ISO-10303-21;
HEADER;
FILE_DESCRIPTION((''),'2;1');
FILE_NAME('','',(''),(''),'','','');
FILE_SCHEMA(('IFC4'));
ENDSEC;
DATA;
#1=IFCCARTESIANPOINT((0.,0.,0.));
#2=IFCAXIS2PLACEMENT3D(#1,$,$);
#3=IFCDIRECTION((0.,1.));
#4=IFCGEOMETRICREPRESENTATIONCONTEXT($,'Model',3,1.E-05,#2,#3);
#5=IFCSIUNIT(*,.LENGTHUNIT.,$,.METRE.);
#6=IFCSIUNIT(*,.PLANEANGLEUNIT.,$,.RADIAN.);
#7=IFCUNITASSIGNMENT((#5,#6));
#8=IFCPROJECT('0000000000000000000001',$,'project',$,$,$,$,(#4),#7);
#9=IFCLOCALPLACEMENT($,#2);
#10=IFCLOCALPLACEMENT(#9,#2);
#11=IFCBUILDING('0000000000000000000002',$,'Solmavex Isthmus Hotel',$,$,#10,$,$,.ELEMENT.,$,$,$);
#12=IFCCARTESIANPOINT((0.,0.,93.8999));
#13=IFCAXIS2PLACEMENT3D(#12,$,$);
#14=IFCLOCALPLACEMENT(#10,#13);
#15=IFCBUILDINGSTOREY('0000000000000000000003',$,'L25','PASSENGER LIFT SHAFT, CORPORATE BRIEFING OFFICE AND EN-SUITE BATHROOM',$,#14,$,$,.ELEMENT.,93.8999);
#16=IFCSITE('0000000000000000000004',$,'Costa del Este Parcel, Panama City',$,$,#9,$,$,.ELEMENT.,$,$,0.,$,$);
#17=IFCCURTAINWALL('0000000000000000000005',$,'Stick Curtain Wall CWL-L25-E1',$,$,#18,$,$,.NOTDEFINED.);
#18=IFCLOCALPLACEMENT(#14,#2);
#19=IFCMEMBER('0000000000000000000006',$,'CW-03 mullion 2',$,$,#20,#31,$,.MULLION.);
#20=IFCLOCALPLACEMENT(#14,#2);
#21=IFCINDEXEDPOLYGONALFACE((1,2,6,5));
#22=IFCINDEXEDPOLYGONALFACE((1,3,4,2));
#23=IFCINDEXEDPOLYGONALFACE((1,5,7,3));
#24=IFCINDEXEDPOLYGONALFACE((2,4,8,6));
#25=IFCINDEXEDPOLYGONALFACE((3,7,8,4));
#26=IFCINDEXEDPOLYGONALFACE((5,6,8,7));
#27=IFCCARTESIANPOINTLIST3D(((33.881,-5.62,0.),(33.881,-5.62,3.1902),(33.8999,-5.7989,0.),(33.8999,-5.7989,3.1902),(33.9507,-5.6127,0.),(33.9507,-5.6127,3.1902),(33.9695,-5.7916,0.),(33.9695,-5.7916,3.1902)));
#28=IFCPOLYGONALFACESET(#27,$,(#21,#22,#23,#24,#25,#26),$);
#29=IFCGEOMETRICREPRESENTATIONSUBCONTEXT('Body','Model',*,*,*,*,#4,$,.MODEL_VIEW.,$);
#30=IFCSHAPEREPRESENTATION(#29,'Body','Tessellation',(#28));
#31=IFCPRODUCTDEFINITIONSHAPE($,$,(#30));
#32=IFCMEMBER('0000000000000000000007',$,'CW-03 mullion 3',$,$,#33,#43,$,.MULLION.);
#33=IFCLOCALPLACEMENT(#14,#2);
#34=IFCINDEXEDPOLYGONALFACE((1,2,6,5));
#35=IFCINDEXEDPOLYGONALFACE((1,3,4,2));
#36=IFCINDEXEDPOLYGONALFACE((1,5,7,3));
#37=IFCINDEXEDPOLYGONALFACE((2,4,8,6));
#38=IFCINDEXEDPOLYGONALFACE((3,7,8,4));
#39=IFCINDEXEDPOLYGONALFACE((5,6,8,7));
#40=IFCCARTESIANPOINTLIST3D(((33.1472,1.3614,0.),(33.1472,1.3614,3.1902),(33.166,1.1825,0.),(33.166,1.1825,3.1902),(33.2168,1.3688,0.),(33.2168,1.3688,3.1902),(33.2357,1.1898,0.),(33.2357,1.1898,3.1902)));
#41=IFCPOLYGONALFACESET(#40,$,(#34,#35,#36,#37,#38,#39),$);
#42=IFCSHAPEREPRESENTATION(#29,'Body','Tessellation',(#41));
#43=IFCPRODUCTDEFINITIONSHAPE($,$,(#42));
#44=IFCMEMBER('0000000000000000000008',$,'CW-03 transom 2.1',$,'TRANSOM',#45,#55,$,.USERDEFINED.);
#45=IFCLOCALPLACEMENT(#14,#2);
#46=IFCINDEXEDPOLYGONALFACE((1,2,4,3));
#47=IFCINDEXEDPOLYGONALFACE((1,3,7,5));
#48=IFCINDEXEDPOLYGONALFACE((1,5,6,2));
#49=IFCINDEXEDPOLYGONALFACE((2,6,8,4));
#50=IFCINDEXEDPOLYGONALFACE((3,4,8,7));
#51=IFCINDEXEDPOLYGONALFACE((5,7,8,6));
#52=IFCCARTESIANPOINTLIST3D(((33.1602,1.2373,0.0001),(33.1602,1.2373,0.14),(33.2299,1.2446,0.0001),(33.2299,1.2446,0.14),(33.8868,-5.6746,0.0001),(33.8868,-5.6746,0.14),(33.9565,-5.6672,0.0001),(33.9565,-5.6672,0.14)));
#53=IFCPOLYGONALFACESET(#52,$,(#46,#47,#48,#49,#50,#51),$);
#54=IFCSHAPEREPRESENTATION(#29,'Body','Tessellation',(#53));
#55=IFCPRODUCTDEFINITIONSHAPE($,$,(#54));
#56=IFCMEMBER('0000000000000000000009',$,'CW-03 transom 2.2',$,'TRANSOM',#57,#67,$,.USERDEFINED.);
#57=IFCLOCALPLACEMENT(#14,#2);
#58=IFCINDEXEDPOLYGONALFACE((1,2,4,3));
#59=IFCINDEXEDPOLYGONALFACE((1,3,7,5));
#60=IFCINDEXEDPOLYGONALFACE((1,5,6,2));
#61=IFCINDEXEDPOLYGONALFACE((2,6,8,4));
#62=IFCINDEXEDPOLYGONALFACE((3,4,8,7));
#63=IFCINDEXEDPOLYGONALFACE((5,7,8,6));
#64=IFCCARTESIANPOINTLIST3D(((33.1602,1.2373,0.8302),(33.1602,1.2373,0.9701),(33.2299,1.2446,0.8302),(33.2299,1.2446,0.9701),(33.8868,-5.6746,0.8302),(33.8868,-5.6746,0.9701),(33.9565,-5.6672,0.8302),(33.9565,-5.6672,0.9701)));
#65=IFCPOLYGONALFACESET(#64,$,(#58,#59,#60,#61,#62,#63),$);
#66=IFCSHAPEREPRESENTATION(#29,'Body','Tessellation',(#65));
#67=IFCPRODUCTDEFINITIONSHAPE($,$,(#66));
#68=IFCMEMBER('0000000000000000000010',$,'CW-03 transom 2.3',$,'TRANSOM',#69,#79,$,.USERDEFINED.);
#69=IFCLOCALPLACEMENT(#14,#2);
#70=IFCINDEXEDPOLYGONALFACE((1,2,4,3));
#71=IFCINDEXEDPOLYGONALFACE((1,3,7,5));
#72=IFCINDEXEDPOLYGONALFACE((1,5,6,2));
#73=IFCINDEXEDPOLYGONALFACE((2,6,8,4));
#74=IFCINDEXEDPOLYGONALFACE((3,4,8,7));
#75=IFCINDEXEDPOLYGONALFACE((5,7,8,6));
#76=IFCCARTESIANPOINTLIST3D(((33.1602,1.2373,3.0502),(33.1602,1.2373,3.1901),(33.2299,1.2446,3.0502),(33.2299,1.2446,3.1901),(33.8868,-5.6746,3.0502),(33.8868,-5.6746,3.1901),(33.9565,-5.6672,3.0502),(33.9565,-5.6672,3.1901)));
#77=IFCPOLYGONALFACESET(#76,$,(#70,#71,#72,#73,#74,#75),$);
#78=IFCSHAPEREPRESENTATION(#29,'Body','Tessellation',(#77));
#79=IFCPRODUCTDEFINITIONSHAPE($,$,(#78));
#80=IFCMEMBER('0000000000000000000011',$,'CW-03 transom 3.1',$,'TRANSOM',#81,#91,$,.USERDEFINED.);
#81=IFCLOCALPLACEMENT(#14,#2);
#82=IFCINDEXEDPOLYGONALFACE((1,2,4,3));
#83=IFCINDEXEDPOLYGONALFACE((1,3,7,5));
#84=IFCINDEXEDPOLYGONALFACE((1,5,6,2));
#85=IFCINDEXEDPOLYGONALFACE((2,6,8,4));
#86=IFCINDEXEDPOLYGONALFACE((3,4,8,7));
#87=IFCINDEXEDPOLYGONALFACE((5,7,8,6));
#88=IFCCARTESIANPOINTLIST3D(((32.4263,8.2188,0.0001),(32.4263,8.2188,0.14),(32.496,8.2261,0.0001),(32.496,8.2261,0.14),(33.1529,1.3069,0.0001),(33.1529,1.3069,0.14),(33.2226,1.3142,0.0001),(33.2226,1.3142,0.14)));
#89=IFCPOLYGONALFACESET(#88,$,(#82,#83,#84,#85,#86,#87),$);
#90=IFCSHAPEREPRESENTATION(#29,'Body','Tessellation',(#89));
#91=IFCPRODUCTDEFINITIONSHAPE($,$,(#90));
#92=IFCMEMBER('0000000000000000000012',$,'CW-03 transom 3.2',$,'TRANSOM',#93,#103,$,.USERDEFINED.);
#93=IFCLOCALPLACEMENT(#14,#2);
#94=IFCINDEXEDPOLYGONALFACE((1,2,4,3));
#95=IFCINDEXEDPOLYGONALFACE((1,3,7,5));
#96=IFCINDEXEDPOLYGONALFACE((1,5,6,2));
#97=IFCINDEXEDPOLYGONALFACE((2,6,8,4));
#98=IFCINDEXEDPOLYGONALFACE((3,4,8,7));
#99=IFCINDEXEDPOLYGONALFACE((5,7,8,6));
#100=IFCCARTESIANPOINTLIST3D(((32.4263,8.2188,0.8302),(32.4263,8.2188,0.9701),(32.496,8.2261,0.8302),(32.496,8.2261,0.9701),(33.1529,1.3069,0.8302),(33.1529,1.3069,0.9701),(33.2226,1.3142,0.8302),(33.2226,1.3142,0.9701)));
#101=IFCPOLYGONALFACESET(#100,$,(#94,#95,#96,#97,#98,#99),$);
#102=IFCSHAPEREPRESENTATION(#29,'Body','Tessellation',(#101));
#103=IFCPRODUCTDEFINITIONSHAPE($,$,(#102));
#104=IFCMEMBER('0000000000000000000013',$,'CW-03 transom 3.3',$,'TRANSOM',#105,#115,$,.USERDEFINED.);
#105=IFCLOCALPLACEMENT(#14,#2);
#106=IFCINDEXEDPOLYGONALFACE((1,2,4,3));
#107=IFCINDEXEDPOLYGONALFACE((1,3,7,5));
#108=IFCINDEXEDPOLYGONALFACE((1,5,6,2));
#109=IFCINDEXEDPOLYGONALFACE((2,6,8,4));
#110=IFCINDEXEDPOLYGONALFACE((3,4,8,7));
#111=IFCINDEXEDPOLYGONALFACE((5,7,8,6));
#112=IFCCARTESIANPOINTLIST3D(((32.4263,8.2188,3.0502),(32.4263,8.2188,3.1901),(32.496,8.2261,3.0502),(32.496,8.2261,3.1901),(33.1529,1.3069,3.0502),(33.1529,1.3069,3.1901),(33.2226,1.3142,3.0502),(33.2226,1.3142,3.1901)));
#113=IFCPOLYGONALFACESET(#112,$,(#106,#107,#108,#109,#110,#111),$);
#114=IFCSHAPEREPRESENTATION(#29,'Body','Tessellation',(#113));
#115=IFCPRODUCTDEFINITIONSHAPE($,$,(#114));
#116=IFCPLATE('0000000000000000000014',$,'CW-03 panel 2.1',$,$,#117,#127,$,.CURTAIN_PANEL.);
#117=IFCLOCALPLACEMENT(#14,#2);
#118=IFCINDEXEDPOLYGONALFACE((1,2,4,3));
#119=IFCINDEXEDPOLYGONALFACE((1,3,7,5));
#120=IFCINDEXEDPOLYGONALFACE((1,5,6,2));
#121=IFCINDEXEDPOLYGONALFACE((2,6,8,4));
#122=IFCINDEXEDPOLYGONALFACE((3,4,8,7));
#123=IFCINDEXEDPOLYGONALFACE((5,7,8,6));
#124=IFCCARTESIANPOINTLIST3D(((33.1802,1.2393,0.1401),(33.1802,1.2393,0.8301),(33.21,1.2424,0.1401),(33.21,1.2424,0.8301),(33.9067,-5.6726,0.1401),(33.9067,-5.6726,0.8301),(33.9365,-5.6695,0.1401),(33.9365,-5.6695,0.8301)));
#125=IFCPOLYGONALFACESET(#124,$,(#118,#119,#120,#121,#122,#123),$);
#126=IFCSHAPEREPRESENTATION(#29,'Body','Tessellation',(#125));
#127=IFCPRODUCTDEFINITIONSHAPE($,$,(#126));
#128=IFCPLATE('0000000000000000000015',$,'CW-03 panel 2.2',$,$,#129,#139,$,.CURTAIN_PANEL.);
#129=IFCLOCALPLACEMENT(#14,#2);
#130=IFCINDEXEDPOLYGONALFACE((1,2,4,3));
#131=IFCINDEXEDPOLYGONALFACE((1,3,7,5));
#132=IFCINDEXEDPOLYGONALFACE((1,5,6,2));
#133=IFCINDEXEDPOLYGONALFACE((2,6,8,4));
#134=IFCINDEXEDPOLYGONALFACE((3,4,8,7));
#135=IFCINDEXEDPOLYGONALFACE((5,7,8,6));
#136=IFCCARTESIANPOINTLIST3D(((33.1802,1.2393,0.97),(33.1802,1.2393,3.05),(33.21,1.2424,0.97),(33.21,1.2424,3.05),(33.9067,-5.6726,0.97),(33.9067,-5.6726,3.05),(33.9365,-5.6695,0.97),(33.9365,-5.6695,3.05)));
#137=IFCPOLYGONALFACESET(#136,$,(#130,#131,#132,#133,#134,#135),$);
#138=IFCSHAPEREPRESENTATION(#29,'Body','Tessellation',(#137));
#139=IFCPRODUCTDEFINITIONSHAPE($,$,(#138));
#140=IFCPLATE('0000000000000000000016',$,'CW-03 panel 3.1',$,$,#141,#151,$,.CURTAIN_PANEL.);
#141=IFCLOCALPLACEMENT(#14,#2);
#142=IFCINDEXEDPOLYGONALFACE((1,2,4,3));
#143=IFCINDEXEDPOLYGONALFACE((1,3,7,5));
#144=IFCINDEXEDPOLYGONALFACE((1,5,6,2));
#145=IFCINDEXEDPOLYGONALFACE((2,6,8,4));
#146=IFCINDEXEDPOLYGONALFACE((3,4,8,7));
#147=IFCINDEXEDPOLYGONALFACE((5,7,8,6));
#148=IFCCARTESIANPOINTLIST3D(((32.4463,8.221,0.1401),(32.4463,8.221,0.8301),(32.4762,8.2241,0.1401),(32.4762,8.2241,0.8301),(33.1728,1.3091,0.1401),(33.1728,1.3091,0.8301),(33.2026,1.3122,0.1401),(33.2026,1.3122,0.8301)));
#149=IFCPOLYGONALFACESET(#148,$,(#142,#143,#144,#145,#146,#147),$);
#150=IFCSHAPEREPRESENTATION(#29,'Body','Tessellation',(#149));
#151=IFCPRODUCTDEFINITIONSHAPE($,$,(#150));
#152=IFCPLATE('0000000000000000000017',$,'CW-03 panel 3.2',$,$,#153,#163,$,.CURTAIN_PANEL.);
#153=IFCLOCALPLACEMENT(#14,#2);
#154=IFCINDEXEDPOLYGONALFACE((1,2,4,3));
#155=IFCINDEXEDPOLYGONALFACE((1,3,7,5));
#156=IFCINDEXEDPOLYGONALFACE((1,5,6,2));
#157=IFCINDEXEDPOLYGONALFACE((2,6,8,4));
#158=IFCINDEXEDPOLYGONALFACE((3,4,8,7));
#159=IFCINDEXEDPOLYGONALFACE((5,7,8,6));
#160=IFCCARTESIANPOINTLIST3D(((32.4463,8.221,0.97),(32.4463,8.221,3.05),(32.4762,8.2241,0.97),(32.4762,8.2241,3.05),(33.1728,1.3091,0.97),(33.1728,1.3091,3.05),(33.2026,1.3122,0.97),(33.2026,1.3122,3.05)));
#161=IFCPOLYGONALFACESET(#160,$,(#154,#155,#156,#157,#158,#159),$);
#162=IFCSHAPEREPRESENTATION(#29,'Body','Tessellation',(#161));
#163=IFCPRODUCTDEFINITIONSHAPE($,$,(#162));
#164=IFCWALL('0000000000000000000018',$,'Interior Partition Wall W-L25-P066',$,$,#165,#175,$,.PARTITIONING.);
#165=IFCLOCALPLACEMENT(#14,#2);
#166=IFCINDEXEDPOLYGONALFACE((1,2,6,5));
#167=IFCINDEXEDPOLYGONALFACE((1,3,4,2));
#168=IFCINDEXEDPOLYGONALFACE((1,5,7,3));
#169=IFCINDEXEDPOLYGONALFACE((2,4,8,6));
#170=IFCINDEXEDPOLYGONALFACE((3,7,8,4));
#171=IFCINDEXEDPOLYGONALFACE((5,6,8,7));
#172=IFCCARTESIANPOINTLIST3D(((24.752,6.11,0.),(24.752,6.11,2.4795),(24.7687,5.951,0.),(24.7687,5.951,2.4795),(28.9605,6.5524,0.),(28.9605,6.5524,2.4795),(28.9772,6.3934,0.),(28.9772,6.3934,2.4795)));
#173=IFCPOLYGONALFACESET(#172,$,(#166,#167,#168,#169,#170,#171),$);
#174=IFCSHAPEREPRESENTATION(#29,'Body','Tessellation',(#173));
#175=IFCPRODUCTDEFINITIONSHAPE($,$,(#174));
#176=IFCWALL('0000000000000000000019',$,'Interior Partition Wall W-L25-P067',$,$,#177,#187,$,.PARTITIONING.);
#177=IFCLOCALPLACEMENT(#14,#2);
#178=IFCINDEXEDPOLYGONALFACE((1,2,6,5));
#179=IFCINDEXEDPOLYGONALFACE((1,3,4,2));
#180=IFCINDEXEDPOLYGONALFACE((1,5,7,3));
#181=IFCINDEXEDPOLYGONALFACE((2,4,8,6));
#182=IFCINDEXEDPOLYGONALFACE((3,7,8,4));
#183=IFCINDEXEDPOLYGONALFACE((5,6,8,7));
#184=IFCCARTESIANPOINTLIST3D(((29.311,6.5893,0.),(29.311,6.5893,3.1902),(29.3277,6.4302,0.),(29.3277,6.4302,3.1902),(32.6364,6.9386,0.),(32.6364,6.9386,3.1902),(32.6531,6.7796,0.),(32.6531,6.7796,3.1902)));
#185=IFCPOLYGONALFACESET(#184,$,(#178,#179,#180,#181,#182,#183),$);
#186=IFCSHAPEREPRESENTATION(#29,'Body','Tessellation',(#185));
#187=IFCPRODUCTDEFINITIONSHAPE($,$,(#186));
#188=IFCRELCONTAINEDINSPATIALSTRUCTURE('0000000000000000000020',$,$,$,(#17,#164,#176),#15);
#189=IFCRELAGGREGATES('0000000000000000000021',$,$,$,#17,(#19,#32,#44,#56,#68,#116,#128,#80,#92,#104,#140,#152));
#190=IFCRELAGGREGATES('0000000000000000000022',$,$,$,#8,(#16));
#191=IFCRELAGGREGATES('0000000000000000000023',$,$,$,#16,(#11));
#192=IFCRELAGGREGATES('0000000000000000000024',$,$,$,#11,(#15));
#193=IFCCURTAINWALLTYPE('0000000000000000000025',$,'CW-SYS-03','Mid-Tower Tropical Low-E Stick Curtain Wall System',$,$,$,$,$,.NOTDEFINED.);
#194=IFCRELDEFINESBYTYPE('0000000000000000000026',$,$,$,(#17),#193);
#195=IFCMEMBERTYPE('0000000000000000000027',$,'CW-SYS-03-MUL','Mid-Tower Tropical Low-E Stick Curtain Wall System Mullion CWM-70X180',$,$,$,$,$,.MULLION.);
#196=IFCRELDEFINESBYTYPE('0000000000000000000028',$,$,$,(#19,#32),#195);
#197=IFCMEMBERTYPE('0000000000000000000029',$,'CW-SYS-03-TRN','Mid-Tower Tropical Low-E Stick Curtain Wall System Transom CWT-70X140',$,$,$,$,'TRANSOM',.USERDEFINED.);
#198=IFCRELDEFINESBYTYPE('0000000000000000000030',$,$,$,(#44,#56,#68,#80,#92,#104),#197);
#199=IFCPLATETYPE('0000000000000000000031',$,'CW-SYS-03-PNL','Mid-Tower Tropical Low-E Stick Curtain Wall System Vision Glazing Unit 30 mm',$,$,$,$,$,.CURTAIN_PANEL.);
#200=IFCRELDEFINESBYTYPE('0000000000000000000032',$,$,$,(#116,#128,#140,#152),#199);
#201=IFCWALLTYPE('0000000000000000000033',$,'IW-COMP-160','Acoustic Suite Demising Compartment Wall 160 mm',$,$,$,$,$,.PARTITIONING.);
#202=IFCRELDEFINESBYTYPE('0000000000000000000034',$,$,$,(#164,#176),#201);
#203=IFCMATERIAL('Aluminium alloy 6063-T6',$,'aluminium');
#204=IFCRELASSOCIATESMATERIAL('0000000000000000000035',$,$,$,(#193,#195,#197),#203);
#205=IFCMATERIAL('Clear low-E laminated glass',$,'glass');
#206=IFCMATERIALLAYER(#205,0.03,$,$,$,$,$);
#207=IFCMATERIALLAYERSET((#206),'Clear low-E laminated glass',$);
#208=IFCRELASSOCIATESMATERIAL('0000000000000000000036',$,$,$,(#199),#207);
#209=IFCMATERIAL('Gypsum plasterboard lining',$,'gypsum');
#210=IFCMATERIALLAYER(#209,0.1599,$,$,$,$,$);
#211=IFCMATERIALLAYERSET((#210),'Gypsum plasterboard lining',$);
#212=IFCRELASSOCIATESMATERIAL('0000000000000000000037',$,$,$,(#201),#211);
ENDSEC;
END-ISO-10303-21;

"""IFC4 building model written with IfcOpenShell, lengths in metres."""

from ifc_helpers import new_model, si_unit, direction, frame, frame_2d, origin, origin_2d, place, context, subcontext, project, spatial, rectangle, extrude, material, layer, layer_set, material_profile, profile_set, type_object, element, aggregate, save


model = new_model("IFC4")

# Units and contexts
model_context = context("Model", 3, precision=1e-05, world=origin(), true_north=direction((0.0, 1.0)))
body_context = subcontext(model_context, "Body", "Model", "MODEL_VIEW")
ifc_project = project(units=[si_unit("LENGTHUNIT", "METRE"), si_unit("PLANEANGLEUNIT", "RADIAN")], contexts=[model_context])

# Site, building, storey
site_placement = place(None, origin())
site = spatial("IfcSite", under=ifc_project, at=site_placement, Name="Costa del Este Parcel, Panama City", CompositionType="ELEMENT", RefElevation=0.0)
building_placement = place(site_placement, origin())
building = spatial("IfcBuilding", under=site, at=building_placement, Name="Solmavex Isthmus Hotel", CompositionType="ELEMENT")
storey_placement = place(building_placement, frame((0.0, 0.0, 93.8999)))
storey = spatial("IfcBuildingStorey", under=building, at=storey_placement, Name="L25", Description="PASSENGER LIFT SHAFT, CORPORATE BRIEFING OFFICE AND EN-SUITE BATHROOM", CompositionType="ELEMENT", Elevation=93.8999)

# Curtain wall, members, plates
ifc_material_1 = material(Name="Aluminium alloy 6063-T6", Category="aluminium")
curtain_wall_type = type_object("IfcCurtainWallType", Name="CW-SYS-03", Description="Mid-Tower Tropical Low-E Stick Curtain Wall System", PredefinedType="NOTDEFINED", material=ifc_material_1)
curtain_wall_placement = place(storey_placement, origin())
curtain_wall = element("IfcCurtainWall", 1, at=curtain_wall_placement, inside=storey, type_object=curtain_wall_type, Name="Stick Curtain Wall CWL-L25-E1", PredefinedType="NOTDEFINED")
ifc_material_profile_1 = material_profile(ifc_material_1, rectangle(XDim=0.0701, YDim=0.1799, at=origin_2d()), Name="CWM-70X180")
ifc_profile_set_1 = profile_set([ifc_material_profile_1], Name="Aluminium alloy 6063-T6")
member_type_1 = type_object("IfcMemberType", Name="CW-SYS-03-MUL", Description="Mid-Tower Tropical Low-E Stick Curtain Wall System Mullion CWM-70X180", PredefinedType="MULLION", material=ifc_profile_set_1)
member_1_placement = place(storey_placement, frame((33.9253, -5.7058, 0.0), z_axis=(0.0, 0.0, 1.0), x_axis=(-0.994522, -0.104528, 0.0)))
member_1 = element("IfcMember", 2, at=member_1_placement, type_object=member_type_1, Name="CW-03 mullion 2", PredefinedType="MULLION", context=body_context, shape_type="SweptSolid", body=[
    extrude(rectangle(XDim=0.0701, YDim=0.1799, at=origin_2d()), origin(), (0.0, 0.0, 1.0), 3.1902),
])
member_2_placement = place(storey_placement, frame((33.1914, 1.2756, 0.0), z_axis=(0.0, 0.0, 1.0), x_axis=(-0.994522, -0.104528, 0.0)))
member_2 = element("IfcMember", 3, at=member_2_placement, type_object=member_type_1, Name="CW-03 mullion 3", PredefinedType="MULLION", context=body_context, shape_type="SweptSolid", body=[
    extrude(rectangle(XDim=0.0701, YDim=0.1799, at=origin_2d()), origin(), (0.0, 0.0, 1.0), 3.1902),
])
ifc_material_profile_2 = material_profile(ifc_material_1, rectangle(XDim=0.0701, YDim=0.1399, at=origin_2d()), Name="CWT-70X140")
ifc_profile_set_2 = profile_set([ifc_material_profile_2], Name="Aluminium alloy 6063-T6")
member_type_2 = type_object("IfcMemberType", Name="CW-SYS-03-TRN", Description="Mid-Tower Tropical Low-E Stick Curtain Wall System Transom CWT-70X140", ElementType="TRANSOM", PredefinedType="USERDEFINED", material=ifc_profile_set_2)
member_3_placement = place(storey_placement, frame((33.9216, -5.6709, 0.0701), z_axis=(-0.104542, 0.99452, 0.0), x_axis=(-0.99452, -0.104542, 0.0)))
member_3 = element("IfcMember", 4, at=member_3_placement, type_object=member_type_2, Name="CW-03 transom 2.1", ObjectType="TRANSOM", PredefinedType="USERDEFINED", context=body_context, shape_type="SweptSolid", body=[
    extrude(rectangle(XDim=0.0701, YDim=0.1399, at=origin_2d()), origin(), (0.0, 0.0, 1.0), 6.95),
])
member_4_placement = place(storey_placement, frame((33.9216, -5.6709, 0.9001), z_axis=(-0.104542, 0.99452, 0.0), x_axis=(-0.99452, -0.104542, 0.0)))
member_4 = element("IfcMember", 5, at=member_4_placement, type_object=member_type_2, Name="CW-03 transom 2.2", ObjectType="TRANSOM", PredefinedType="USERDEFINED", context=body_context, shape_type="SweptSolid", body=[
    extrude(rectangle(XDim=0.0701, YDim=0.1399, at=origin_2d()), origin(), (0.0, 0.0, 1.0), 6.95),
])
member_5_placement = place(storey_placement, frame((33.9216, -5.6709, 3.1201), z_axis=(-0.104542, 0.99452, 0.0), x_axis=(-0.99452, -0.104542, 0.0)))
member_5 = element("IfcMember", 6, at=member_5_placement, type_object=member_type_2, Name="CW-03 transom 2.3", ObjectType="TRANSOM", PredefinedType="USERDEFINED", context=body_context, shape_type="SweptSolid", body=[
    extrude(rectangle(XDim=0.0701, YDim=0.1399, at=origin_2d()), origin(), (0.0, 0.0, 1.0), 6.95),
])
member_6_placement = place(storey_placement, frame((33.1877, 1.3105, 0.0701), z_axis=(-0.104542, 0.99452, 0.0), x_axis=(-0.99452, -0.104542, 0.0)))
member_6 = element("IfcMember", 7, at=member_6_placement, type_object=member_type_2, Name="CW-03 transom 3.1", ObjectType="TRANSOM", PredefinedType="USERDEFINED", context=body_context, shape_type="SweptSolid", body=[
    extrude(rectangle(XDim=0.0701, YDim=0.1399, at=origin_2d()), origin(), (0.0, 0.0, 1.0), 6.95),
])
member_7_placement = place(storey_placement, frame((33.1877, 1.3105, 0.9001), z_axis=(-0.104542, 0.99452, 0.0), x_axis=(-0.99452, -0.104542, 0.0)))
member_7 = element("IfcMember", 8, at=member_7_placement, type_object=member_type_2, Name="CW-03 transom 3.2", ObjectType="TRANSOM", PredefinedType="USERDEFINED", context=body_context, shape_type="SweptSolid", body=[
    extrude(rectangle(XDim=0.0701, YDim=0.1399, at=origin_2d()), origin(), (0.0, 0.0, 1.0), 6.95),
])
member_8_placement = place(storey_placement, frame((33.1877, 1.3105, 3.1201), z_axis=(-0.104542, 0.99452, 0.0), x_axis=(-0.99452, -0.104542, 0.0)))
member_8 = element("IfcMember", 9, at=member_8_placement, type_object=member_type_2, Name="CW-03 transom 3.3", ObjectType="TRANSOM", PredefinedType="USERDEFINED", context=body_context, shape_type="SweptSolid", body=[
    extrude(rectangle(XDim=0.0701, YDim=0.1399, at=origin_2d()), origin(), (0.0, 0.0, 1.0), 6.95),
])
ifc_material_2 = material(Name="Clear low-E laminated glass", Category="glass")
ifc_layer_1 = layer(ifc_material_2, 0.03)
ifc_layer_set_1 = layer_set([ifc_layer_1], Name="Clear low-E laminated glass")
plate_type = type_object("IfcPlateType", Name="CW-SYS-03-PNL", Description="Mid-Tower Tropical Low-E Stick Curtain Wall System Vision Glazing Unit 30 mm", PredefinedType="CURTAIN_PANEL", material=ifc_layer_set_1)
plate_1_placement = place(storey_placement, frame((33.5583, -2.2151, 0.1401), z_axis=(0.0, 0.0, 1.0), x_axis=(-0.104528, 0.994522, 0.0)))
plate_1 = element("IfcPlate", 10, at=plate_1_placement, type_object=plate_type, Name="CW-03 panel 2.1", PredefinedType="CURTAIN_PANEL", context=body_context, shape_type="SweptSolid", body=[
    extrude(rectangle(XDim=6.95, YDim=0.03, at=origin_2d()), origin(), (0.0, 0.0, 1.0), 0.6899),
])
plate_2_placement = place(storey_placement, frame((33.5583, -2.2151, 0.97), z_axis=(0.0, 0.0, 1.0), x_axis=(-0.104528, 0.994522, 0.0)))
plate_2 = element("IfcPlate", 11, at=plate_2_placement, type_object=plate_type, Name="CW-03 panel 2.2", PredefinedType="CURTAIN_PANEL", context=body_context, shape_type="SweptSolid", body=[
    extrude(rectangle(XDim=6.95, YDim=0.03, at=origin_2d()), origin(), (0.0, 0.0, 1.0), 2.0801),
])
plate_3_placement = place(storey_placement, frame((32.8245, 4.7666, 0.1401), z_axis=(0.0, 0.0, 1.0), x_axis=(-0.104528, 0.994522, 0.0)))
plate_3 = element("IfcPlate", 12, at=plate_3_placement, type_object=plate_type, Name="CW-03 panel 3.1", PredefinedType="CURTAIN_PANEL", context=body_context, shape_type="SweptSolid", body=[
    extrude(rectangle(XDim=6.95, YDim=0.03, at=origin_2d()), origin(), (0.0, 0.0, 1.0), 0.6899),
])
plate_4_placement = place(storey_placement, frame((32.8245, 4.7666, 0.97), z_axis=(0.0, 0.0, 1.0), x_axis=(-0.104528, 0.994522, 0.0)))
plate_4 = element("IfcPlate", 13, at=plate_4_placement, type_object=plate_type, Name="CW-03 panel 3.2", PredefinedType="CURTAIN_PANEL", context=body_context, shape_type="SweptSolid", body=[
    extrude(rectangle(XDim=6.95, YDim=0.03, at=origin_2d()), origin(), (0.0, 0.0, 1.0), 2.0801),
])
aggregate(curtain_wall, [member_1, member_2, member_3, member_4, member_5, plate_1, plate_2, member_6, member_7, member_8, plate_3, plate_4])

# Walls
ifc_material_3 = material(Name="Gypsum plasterboard lining", Category="gypsum")
ifc_layer_2 = layer(ifc_material_3, 0.1599)
ifc_layer_set_2 = layer_set([ifc_layer_2], Name="Gypsum plasterboard lining")
wall_type_1 = type_object("IfcWallType", Name="IW-COMP-160", Description="Acoustic Suite Demising Compartment Wall 160 mm", PredefinedType="PARTITIONING", material=ifc_layer_set_2)
wall_1_placement = place(storey_placement, frame((28.9688, 6.4729, 0.0), z_axis=(0.0, 0.0, 1.0), x_axis=(-0.994521, -0.104541, 0.0)))
element("IfcWall", 14, at=wall_1_placement, inside=storey, type_object=wall_type_1, Name="Interior Partition Wall W-L25-P066", PredefinedType="PARTITIONING", context=body_context, shape_type="SweptSolid", body=[
    extrude(rectangle(XDim=4.2317, YDim=0.1599, at=frame_2d((2.1157, 0.0))), origin(), (0.0, 0.0, 1.0), 2.4795),
])
wall_2_placement = place(storey_placement, frame((32.6448, 6.8591, 0.0), z_axis=(0.0, 0.0, 1.0), x_axis=(-0.994527, -0.104483, 0.0)))
element("IfcWall", 15, at=wall_2_placement, inside=storey, type_object=wall_type_1, Name="Interior Partition Wall W-L25-P067", PredefinedType="PARTITIONING", context=body_context, shape_type="SweptSolid", body=[
    extrude(rectangle(XDim=3.3438, YDim=0.1599, at=frame_2d((1.6719, 0.0))), origin(), (0.0, 0.0, 1.0), 3.1902),
])

save(model, "model.ifc")
